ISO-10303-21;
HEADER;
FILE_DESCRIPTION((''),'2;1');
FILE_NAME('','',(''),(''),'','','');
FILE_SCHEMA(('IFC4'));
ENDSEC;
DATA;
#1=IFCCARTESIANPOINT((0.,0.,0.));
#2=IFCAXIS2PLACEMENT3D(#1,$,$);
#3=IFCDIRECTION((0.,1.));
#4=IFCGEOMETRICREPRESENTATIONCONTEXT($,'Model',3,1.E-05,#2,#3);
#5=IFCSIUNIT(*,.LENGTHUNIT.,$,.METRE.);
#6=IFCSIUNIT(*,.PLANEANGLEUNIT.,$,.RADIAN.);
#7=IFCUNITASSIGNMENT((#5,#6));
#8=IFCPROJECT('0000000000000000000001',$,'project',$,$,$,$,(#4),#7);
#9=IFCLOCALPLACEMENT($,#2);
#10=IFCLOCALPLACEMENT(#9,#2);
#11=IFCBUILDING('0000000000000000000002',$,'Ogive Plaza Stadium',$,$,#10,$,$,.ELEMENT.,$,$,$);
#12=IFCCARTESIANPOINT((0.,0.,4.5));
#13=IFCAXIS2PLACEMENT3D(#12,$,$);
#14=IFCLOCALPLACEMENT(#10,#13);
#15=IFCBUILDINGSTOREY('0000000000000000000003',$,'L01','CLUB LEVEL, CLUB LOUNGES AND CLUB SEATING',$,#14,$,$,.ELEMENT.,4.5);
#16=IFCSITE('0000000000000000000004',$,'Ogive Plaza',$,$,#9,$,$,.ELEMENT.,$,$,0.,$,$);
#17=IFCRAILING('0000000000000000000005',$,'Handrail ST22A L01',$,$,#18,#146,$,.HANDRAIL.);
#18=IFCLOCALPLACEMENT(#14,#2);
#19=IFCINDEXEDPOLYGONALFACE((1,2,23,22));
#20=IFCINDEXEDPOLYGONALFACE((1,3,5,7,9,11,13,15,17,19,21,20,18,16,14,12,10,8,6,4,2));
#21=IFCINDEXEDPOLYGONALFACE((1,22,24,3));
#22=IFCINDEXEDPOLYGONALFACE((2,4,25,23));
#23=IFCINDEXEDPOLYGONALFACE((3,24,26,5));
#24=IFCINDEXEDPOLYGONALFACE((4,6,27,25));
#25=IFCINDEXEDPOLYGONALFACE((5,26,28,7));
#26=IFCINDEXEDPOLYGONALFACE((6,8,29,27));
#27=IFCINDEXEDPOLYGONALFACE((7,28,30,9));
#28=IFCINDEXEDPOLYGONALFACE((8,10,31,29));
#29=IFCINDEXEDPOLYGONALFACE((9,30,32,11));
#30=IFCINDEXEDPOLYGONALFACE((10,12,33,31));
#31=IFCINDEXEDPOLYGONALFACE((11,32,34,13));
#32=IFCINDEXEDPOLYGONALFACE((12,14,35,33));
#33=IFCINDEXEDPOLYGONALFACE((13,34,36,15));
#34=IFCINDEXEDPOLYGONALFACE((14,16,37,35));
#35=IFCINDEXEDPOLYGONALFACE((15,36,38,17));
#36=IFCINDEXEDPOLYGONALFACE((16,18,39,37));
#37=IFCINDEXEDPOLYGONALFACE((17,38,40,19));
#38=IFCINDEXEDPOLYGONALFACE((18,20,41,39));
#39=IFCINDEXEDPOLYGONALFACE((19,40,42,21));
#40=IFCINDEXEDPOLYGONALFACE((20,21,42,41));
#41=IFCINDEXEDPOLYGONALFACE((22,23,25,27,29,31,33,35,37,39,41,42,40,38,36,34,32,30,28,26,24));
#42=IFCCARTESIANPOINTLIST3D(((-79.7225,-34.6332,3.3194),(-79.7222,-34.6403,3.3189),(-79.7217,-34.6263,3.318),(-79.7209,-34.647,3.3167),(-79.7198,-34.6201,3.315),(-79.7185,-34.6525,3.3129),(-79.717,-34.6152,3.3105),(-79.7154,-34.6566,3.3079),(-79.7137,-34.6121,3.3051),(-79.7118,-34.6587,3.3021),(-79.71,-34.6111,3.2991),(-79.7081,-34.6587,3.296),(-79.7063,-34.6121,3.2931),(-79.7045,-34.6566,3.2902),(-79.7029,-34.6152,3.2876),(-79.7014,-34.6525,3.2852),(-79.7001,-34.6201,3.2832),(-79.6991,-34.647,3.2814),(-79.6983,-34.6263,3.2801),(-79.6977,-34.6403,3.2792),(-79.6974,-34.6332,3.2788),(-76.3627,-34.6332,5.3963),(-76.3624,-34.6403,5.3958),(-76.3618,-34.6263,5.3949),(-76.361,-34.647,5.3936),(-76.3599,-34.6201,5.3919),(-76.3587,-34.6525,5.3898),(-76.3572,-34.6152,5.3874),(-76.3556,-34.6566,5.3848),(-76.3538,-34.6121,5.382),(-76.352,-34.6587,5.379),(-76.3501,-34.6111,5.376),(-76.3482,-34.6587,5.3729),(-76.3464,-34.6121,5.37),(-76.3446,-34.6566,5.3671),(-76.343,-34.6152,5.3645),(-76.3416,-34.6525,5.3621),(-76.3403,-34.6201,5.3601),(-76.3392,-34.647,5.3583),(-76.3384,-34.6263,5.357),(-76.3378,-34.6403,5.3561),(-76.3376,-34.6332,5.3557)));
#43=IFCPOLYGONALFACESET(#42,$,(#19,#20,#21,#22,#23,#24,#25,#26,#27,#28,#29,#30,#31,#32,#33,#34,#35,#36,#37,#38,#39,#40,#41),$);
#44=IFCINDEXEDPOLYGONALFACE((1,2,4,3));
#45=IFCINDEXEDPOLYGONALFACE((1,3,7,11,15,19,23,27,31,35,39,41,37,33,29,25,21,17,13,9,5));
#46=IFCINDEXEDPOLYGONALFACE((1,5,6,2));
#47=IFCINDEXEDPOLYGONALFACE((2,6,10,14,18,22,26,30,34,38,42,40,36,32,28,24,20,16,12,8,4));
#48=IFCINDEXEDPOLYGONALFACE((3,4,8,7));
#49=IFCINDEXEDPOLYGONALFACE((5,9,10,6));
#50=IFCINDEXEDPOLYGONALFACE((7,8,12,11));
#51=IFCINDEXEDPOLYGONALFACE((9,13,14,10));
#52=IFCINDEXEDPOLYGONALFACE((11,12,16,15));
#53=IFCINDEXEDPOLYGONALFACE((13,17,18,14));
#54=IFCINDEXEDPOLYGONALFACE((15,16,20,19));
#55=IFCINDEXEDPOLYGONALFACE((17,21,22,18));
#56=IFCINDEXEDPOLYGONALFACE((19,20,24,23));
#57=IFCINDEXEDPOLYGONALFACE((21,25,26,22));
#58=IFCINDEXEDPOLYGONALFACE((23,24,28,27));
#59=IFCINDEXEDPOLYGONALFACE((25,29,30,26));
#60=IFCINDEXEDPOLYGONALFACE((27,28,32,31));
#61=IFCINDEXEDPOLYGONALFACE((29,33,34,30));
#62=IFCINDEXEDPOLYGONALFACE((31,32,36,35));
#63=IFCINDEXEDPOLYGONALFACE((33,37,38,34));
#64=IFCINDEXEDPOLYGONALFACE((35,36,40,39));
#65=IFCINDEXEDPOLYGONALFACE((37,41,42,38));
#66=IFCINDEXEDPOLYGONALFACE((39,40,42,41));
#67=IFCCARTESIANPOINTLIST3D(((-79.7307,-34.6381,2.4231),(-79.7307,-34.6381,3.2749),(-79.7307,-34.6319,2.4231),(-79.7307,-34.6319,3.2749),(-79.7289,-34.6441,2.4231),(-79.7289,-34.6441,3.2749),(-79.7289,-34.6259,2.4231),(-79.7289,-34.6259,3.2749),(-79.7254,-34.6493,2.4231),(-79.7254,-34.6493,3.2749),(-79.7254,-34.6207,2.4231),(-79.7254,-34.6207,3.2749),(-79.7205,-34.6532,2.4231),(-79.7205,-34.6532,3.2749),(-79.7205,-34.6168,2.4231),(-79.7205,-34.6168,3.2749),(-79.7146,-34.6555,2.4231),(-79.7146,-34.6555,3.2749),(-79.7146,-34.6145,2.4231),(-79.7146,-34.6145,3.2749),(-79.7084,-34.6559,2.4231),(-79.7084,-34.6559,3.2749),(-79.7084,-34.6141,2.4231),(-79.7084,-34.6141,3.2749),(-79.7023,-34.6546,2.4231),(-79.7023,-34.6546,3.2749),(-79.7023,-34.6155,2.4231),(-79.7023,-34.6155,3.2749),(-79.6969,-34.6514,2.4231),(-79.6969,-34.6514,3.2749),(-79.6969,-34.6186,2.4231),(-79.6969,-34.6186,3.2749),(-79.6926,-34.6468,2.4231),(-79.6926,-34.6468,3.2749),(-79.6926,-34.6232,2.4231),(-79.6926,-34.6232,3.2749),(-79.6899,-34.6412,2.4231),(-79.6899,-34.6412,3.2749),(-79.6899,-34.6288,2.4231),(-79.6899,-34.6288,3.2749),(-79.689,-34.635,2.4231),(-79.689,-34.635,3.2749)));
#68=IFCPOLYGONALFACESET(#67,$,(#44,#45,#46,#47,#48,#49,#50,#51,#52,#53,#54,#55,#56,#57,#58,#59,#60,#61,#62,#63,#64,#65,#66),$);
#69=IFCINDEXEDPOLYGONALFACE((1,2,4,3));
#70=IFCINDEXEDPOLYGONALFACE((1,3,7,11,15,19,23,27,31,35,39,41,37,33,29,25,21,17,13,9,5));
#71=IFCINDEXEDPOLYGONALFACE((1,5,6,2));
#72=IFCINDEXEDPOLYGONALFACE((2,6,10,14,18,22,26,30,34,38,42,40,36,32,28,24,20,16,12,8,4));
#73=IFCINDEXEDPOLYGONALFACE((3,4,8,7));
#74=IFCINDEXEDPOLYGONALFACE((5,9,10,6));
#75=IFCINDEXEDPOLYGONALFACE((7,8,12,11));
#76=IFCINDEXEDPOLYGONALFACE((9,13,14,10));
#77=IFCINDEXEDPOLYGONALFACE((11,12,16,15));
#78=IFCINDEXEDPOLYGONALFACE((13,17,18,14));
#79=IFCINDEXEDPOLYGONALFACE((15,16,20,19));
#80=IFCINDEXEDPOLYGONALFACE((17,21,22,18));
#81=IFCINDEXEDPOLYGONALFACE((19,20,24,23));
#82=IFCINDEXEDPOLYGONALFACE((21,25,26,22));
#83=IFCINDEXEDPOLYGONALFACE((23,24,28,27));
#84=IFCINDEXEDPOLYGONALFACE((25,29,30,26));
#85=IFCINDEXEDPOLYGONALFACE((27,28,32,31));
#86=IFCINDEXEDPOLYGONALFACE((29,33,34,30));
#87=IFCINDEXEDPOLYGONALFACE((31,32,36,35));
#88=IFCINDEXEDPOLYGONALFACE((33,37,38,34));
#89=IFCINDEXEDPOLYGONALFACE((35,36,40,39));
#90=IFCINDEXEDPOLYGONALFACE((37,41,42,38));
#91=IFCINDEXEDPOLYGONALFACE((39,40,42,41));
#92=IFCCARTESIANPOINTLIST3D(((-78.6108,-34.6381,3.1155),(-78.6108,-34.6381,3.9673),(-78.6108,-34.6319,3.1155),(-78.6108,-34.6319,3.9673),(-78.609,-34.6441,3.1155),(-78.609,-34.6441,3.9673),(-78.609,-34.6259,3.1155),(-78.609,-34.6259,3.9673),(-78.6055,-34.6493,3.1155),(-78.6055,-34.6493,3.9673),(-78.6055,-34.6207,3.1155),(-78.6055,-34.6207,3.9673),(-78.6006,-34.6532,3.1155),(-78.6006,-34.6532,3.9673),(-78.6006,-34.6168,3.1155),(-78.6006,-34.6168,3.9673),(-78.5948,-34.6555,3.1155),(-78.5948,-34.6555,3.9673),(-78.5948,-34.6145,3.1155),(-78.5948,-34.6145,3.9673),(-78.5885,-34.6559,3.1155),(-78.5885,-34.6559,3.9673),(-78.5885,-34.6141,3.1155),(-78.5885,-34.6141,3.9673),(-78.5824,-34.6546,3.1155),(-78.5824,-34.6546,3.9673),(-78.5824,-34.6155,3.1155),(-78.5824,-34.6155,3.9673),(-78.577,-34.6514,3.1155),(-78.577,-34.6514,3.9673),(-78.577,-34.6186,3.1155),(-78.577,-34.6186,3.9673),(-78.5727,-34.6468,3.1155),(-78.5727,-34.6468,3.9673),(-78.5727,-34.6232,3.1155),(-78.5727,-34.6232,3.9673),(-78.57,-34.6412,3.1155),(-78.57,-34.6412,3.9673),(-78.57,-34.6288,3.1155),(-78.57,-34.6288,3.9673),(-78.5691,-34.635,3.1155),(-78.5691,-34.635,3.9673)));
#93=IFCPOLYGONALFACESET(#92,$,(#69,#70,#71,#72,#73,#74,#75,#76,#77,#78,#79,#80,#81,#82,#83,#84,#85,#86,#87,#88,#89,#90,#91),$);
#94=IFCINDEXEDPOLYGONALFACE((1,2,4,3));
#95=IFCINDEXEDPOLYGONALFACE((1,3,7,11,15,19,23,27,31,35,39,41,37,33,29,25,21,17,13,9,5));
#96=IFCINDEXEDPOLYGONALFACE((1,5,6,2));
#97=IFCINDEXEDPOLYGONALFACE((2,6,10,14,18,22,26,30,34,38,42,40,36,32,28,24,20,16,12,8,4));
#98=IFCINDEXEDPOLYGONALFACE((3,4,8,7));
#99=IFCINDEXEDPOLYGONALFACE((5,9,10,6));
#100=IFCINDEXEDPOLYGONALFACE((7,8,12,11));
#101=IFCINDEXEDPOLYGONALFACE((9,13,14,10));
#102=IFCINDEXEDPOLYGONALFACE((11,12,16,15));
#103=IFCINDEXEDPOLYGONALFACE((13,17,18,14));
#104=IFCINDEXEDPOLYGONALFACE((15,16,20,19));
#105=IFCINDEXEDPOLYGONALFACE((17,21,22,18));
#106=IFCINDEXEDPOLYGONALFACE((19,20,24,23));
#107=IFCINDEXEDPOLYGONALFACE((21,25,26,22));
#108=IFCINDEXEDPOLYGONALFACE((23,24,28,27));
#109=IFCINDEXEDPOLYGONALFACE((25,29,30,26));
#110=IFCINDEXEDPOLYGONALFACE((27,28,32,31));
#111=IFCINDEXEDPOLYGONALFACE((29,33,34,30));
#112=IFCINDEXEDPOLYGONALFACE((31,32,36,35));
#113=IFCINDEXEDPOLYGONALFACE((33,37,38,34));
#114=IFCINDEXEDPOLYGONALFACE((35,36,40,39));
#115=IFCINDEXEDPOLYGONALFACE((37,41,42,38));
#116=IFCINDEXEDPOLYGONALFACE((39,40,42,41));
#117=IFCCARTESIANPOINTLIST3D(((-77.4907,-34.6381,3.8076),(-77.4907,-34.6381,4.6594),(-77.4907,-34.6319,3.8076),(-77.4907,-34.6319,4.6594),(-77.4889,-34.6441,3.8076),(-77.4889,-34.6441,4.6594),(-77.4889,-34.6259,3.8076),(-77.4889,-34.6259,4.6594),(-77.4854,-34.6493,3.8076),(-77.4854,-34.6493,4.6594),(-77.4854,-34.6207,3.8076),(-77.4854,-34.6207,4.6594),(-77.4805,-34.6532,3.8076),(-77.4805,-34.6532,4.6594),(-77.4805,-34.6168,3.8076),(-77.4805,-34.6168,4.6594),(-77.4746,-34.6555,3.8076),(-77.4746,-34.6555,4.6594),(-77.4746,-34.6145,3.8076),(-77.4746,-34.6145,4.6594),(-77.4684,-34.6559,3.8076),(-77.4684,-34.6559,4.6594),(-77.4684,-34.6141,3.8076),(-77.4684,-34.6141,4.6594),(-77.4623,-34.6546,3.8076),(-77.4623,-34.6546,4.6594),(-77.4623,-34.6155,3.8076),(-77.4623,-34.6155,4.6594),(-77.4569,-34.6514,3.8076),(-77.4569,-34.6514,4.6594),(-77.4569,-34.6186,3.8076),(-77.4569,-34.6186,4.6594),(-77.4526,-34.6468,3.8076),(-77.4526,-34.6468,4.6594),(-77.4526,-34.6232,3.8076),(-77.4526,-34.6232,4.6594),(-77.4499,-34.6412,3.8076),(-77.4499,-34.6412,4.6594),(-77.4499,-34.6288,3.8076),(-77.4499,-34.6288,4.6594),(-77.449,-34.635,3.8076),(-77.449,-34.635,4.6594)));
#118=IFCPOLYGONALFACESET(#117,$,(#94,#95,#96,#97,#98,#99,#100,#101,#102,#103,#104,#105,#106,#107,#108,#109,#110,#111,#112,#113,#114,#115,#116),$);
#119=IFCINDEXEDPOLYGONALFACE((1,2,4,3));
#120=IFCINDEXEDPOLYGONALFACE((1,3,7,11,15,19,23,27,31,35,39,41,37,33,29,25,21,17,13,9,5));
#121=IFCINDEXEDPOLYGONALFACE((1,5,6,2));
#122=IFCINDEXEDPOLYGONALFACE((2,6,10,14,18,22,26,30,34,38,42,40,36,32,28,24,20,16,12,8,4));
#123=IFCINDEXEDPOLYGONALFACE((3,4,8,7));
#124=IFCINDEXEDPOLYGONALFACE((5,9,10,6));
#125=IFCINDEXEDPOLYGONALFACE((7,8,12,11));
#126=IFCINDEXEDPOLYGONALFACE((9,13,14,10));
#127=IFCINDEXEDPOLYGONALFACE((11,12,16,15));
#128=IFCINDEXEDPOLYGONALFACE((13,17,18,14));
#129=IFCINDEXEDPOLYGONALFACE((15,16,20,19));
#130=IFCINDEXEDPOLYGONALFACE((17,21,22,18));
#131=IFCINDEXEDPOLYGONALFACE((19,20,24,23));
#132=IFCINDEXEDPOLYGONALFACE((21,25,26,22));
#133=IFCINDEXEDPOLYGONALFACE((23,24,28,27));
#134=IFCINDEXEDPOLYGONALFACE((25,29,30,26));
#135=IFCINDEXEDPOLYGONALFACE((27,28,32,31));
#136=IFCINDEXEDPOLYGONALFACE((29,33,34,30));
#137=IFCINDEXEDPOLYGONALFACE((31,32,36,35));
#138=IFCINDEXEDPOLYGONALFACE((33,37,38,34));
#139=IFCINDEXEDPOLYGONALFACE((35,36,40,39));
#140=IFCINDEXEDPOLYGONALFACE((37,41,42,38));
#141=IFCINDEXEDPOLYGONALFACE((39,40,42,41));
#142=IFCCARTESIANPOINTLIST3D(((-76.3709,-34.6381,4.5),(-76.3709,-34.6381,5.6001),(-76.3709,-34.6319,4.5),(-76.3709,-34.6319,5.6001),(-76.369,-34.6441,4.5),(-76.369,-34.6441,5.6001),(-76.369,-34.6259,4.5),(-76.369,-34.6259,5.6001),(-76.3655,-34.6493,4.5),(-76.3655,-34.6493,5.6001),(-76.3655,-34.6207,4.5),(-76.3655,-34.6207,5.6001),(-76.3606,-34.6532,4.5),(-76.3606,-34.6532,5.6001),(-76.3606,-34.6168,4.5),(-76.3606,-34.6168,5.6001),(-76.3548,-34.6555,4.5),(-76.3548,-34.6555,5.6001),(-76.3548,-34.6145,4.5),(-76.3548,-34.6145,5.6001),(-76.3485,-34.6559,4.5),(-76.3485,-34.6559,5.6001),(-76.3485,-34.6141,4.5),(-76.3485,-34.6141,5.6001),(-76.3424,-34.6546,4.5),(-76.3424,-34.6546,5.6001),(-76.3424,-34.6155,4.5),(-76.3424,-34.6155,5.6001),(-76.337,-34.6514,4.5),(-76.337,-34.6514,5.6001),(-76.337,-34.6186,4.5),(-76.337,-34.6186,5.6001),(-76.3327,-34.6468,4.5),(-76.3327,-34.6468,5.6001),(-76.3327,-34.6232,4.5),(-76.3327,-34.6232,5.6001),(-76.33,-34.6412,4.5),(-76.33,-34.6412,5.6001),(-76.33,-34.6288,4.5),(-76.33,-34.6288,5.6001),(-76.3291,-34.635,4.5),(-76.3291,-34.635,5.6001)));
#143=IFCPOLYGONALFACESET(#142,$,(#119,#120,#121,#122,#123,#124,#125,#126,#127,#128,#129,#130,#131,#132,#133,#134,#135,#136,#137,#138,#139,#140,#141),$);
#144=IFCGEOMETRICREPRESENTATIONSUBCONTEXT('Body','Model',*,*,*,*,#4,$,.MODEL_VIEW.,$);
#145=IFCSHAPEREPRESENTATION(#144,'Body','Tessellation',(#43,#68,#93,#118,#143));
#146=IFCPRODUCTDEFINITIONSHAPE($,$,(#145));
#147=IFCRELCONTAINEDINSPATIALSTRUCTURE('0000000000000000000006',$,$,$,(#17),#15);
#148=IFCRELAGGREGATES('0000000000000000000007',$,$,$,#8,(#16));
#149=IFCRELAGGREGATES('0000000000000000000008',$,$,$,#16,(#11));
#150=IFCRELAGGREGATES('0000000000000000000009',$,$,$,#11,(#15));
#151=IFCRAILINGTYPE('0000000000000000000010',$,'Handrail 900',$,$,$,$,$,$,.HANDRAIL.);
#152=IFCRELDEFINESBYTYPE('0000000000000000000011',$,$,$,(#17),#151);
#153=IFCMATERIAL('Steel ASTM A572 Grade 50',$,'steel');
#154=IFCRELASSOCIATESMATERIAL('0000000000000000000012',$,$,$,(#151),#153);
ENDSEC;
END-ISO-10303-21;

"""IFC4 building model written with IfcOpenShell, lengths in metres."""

from ifc_helpers import new_model, si_unit, direction, frame, origin, origin_2d, place, context, subcontext, project, spatial, circle, extrude, material, type_object, element, save


model = new_model("IFC4")

# Units and contexts
model_context = context("Model", 3, precision=1e-05, world=origin(), true_north=direction((0.0, 1.0)))
body_context = subcontext(model_context, "Body", "Model", "MODEL_VIEW")
ifc_project = project(units=[si_unit("LENGTHUNIT", "METRE"), si_unit("PLANEANGLEUNIT", "RADIAN")], contexts=[model_context])

# Site, building, storey
site_placement = place(None, origin())
site = spatial("IfcSite", under=ifc_project, at=site_placement, Name="Ogive Plaza", CompositionType="ELEMENT", RefElevation=0.0)
building_placement = place(site_placement, origin())
building = spatial("IfcBuilding", under=site, at=building_placement, Name="Ogive Plaza Stadium", CompositionType="ELEMENT")
storey_placement = place(building_placement, frame((0.0, 0.0, 4.5)))
storey = spatial("IfcBuildingStorey", under=building, at=storey_placement, Name="L01", Description="CLUB LEVEL, CLUB LOUNGES AND CLUB SEATING", CompositionType="ELEMENT", Elevation=4.5)

# Railing
ifc_material_1 = material(Name="Steel ASTM A572 Grade 50", Category="steel")
railing_type_1 = type_object("IfcRailingType", Name="Handrail 900", PredefinedType="HANDRAIL", material=ifc_material_1)
for number, where, name in (
    (1, (-79.71, -34.635, 2.4231), "Handrail ST22A L01"),
):
    element("IfcRailing", number, at=place(storey_placement, frame(where)), inside=storey, type_object=railing_type_1, Name=name, PredefinedType="HANDRAIL", context=body_context, shape_type="SweptSolid", body=[
        extrude(circle(Radius=0.0239, at=origin_2d()), frame((0.0, 0.0, 0.876), z_axis=(0.850606, 0.0, 0.525803), x_axis=(0.0, 1.0, 0.0)), (0.0, 0.0, 1.0), 3.95),
        extrude(circle(Radius=0.021, at=origin_2d()), origin(), (0.0, 0.0, 1.0), 0.8518),
        extrude(circle(Radius=0.021, at=origin_2d()), frame((1.1199, 0.0, 0.6924)), (0.0, 0.0, 1.0), 0.8518),
        extrude(circle(Radius=0.021, at=origin_2d()), frame((2.24, 0.0, 1.3845)), (0.0, 0.0, 1.0), 0.8518),
        extrude(circle(Radius=0.021, at=origin_2d()), frame((3.3599, 0.0, 2.0769)), (0.0, 0.0, 1.0), 1.1001),
    ])

save(model, "model.ifc")
